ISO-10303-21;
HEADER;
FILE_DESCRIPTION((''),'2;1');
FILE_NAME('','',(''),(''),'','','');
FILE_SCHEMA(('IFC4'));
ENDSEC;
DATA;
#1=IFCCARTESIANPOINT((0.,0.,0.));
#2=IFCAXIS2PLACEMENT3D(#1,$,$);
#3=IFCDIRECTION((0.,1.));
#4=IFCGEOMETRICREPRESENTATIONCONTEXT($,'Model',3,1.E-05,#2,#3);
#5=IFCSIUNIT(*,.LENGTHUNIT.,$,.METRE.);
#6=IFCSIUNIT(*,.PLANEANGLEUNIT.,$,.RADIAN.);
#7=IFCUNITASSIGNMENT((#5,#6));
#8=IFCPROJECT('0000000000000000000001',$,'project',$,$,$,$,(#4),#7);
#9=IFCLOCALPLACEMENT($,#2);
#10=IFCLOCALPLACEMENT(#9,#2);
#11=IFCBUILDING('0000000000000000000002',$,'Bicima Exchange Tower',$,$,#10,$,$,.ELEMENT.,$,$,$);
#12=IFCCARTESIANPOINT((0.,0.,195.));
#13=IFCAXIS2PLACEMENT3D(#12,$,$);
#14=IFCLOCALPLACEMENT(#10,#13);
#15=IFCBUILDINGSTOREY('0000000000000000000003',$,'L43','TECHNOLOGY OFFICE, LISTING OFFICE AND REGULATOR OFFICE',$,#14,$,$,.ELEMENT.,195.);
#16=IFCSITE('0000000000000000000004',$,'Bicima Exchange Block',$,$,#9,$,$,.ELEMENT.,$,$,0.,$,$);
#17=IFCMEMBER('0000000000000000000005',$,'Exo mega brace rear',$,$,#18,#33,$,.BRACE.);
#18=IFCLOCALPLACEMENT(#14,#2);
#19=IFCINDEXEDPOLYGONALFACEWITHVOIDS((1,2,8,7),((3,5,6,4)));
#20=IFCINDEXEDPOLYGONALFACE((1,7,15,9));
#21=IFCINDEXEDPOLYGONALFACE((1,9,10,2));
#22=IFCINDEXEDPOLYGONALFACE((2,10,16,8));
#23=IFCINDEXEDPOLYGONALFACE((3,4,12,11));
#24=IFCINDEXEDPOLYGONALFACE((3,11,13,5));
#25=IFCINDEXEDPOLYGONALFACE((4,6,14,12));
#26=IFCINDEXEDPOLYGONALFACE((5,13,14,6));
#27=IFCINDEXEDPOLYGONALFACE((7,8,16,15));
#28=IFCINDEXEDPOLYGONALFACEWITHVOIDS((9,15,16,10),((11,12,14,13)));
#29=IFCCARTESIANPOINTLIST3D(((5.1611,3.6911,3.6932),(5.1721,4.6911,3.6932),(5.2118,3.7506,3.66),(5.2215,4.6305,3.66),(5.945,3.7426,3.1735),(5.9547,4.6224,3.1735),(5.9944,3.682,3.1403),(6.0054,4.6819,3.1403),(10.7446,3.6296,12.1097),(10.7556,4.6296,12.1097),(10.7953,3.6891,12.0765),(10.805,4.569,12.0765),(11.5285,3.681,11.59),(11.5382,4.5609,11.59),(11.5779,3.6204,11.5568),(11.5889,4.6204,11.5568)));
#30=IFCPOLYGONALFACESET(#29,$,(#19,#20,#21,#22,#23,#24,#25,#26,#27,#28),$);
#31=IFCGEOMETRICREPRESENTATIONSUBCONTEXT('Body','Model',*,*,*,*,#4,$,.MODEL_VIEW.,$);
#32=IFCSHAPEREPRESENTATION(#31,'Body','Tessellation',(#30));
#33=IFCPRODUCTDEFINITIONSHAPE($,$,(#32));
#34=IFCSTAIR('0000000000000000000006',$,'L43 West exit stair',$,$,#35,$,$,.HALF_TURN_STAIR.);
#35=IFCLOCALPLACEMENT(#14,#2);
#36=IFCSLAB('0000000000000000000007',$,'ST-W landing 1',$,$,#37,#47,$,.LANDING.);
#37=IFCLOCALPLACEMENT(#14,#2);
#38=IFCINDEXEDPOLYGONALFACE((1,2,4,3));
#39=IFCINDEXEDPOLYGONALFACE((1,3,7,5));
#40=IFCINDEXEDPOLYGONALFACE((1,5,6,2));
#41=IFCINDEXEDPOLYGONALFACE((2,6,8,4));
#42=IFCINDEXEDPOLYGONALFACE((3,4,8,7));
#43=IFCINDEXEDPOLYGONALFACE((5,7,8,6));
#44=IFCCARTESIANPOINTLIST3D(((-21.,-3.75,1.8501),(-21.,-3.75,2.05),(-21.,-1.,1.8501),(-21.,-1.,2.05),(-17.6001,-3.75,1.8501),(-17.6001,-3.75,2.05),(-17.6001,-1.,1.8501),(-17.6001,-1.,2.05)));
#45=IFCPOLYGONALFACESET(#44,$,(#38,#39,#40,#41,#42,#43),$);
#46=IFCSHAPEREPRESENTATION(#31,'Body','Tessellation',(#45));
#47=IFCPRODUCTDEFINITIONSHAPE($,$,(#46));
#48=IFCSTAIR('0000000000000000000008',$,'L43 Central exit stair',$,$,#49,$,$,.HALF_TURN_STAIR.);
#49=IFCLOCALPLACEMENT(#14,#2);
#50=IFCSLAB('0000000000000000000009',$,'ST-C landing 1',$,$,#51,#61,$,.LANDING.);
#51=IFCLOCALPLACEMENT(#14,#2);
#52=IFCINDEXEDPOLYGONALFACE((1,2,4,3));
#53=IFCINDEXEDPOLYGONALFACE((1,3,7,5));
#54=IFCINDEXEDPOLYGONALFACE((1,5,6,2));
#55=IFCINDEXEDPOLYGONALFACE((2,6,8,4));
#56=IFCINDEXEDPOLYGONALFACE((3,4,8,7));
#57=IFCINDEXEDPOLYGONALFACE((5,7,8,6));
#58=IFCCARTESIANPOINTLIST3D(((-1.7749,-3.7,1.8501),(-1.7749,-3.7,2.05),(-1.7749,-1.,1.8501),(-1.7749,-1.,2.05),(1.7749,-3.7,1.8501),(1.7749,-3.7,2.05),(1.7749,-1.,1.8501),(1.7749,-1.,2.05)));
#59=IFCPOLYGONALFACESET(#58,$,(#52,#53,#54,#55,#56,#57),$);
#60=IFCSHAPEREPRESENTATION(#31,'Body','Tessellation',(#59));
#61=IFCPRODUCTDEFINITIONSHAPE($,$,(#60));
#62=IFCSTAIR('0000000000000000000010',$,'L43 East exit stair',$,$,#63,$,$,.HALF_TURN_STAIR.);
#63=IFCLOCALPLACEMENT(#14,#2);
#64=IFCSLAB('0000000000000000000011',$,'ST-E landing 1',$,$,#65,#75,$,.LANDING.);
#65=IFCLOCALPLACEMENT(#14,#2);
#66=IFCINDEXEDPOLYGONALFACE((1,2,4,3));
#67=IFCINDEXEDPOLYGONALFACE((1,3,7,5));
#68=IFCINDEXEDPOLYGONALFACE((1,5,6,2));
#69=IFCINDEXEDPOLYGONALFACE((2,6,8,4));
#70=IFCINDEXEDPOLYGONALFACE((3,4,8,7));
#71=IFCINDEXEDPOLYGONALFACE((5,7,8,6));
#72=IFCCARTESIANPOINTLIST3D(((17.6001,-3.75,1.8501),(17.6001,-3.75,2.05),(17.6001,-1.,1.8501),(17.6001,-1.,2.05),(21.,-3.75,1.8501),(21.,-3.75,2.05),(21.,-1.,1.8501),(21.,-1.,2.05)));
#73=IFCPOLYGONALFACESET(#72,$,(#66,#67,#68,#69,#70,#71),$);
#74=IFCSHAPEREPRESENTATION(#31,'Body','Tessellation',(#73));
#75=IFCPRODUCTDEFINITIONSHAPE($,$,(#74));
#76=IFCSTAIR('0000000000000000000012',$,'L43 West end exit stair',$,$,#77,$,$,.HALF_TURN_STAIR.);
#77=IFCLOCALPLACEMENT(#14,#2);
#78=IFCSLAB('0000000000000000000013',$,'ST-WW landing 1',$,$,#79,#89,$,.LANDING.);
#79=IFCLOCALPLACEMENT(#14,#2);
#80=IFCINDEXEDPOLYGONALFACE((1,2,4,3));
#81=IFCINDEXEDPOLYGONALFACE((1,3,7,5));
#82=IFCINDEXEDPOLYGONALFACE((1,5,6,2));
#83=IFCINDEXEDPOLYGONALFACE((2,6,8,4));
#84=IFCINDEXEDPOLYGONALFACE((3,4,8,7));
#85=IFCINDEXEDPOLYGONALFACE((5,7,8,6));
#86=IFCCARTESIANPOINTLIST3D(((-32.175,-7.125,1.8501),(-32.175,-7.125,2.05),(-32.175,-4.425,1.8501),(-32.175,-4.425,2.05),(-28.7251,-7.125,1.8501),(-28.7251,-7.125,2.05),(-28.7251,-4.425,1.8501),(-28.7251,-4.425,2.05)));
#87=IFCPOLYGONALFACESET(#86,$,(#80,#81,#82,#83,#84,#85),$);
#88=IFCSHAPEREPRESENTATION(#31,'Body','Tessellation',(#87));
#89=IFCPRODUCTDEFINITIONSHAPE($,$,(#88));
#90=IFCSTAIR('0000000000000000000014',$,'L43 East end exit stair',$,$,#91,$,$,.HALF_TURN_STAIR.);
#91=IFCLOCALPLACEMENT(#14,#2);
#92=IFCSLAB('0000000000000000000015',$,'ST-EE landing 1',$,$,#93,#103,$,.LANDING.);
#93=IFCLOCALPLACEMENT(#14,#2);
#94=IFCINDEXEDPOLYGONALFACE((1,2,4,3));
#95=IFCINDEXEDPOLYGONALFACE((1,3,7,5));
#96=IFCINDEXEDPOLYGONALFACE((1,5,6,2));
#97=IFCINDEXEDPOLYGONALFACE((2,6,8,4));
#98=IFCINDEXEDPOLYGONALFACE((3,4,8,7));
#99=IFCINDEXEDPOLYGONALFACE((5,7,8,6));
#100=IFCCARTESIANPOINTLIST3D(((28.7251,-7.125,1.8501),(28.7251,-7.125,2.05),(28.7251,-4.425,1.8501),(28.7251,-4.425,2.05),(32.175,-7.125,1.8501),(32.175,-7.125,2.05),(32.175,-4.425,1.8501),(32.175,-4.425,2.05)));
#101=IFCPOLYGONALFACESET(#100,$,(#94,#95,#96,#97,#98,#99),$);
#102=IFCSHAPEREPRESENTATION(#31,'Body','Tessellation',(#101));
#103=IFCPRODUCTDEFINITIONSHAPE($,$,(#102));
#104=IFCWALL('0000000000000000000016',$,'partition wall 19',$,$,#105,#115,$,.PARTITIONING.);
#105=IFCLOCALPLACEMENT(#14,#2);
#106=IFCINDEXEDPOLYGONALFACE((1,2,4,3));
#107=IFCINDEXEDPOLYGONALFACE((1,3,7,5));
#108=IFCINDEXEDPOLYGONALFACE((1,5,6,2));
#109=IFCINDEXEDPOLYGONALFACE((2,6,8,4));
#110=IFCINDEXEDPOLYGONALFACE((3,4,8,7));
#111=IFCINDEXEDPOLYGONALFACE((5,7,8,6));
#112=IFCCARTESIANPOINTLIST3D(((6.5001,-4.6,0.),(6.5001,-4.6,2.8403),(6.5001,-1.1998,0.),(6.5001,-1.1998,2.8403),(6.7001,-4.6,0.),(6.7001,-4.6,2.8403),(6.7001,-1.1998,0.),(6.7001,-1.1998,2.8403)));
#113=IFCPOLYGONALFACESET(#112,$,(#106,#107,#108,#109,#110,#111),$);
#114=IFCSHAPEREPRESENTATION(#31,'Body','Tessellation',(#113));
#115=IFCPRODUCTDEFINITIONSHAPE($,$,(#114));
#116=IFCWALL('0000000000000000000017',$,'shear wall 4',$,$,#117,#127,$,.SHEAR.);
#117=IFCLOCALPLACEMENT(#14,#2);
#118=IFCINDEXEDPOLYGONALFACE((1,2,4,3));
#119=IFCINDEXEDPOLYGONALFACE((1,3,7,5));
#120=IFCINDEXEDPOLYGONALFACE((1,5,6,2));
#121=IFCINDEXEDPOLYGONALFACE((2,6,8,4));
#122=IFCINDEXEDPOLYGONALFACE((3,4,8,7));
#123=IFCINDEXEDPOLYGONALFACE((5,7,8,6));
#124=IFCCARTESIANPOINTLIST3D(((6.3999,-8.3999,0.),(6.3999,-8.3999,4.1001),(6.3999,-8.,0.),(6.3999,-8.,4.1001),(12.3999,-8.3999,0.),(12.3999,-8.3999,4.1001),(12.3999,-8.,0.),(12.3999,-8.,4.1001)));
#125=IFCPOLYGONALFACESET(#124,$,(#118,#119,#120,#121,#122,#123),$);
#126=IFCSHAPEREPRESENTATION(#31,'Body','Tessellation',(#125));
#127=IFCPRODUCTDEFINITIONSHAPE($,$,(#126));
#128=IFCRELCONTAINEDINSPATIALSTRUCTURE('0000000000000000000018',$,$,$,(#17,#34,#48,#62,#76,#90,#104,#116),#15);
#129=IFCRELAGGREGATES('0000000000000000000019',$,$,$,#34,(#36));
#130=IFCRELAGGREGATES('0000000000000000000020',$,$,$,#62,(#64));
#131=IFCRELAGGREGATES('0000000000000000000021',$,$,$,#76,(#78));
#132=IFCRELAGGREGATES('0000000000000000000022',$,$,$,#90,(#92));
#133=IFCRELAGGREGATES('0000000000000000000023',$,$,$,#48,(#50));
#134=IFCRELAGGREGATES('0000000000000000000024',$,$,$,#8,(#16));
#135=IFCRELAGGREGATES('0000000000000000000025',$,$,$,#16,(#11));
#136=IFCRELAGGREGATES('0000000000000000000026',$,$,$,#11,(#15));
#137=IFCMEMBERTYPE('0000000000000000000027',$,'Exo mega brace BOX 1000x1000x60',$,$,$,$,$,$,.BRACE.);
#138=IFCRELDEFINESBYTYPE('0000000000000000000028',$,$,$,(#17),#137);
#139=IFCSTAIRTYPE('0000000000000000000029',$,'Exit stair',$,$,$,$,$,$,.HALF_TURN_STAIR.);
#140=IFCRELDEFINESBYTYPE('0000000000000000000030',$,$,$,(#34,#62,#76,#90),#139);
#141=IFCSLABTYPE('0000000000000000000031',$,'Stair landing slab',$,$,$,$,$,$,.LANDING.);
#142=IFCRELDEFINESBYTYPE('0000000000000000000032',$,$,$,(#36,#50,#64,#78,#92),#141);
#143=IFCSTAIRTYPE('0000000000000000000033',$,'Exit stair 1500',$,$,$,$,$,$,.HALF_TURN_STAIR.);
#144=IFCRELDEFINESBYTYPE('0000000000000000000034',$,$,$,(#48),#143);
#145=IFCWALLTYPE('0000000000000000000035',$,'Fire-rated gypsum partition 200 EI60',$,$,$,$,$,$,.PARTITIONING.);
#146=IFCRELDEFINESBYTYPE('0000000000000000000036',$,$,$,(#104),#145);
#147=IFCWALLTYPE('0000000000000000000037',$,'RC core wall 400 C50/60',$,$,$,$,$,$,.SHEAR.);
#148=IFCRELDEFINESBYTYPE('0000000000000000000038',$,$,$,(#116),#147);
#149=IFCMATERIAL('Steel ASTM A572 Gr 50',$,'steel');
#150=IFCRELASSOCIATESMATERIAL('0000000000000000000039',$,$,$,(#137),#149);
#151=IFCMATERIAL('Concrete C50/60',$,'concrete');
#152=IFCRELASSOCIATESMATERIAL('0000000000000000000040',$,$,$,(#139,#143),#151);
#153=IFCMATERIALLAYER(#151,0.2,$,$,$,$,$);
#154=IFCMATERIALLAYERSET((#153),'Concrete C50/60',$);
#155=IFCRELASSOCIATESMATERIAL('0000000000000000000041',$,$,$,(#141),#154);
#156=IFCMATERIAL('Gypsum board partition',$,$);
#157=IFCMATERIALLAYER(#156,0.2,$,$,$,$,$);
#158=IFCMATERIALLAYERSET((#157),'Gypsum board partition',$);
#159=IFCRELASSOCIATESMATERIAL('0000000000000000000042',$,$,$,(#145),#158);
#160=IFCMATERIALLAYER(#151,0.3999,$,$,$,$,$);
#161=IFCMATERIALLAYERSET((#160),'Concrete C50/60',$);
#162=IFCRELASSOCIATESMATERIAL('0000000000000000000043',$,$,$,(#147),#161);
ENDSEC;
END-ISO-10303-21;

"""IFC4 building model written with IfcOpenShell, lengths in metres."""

from ifc_helpers import new_model, si_unit, direction, frame, frame_2d, origin, origin_2d, place, context, subcontext, project, spatial, polyline, rectangle, hollow_rectangle, outline, extrude, material, layer, layer_set, material_profile, profile_set, type_object, element, aggregate, save


model = new_model("IFC4")

# Units and contexts
model_context = context("Model", 3, precision=1e-05, world=origin(), true_north=direction((0.0, 1.0)))
body_context = subcontext(model_context, "Body", "Model", "MODEL_VIEW")
ifc_project = project(units=[si_unit("LENGTHUNIT", "METRE"), si_unit("PLANEANGLEUNIT", "RADIAN")], contexts=[model_context])

# Site, building, storey
site_placement = place(None, origin())
site = spatial("IfcSite", under=ifc_project, at=site_placement, Name="Bicima Exchange Block", CompositionType="ELEMENT", RefElevation=0.0)
building_placement = place(site_placement, origin())
building = spatial("IfcBuilding", under=site, at=building_placement, Name="Bicima Exchange Tower", CompositionType="ELEMENT")
storey_placement = place(building_placement, frame((0.0, 0.0, 195.0)))
storey = spatial("IfcBuildingStorey", under=building, at=storey_placement, Name="L43", Description="TECHNOLOGY OFFICE, LISTING OFFICE AND REGULATOR OFFICE", CompositionType="ELEMENT", Elevation=195.0)

# Member
ifc_material_1 = material(Name="Steel ASTM A572 Gr 50", Category="steel")
ifc_material_profile = material_profile(ifc_material_1, hollow_rectangle(XDim=1.0, YDim=1.0, WallThickness=0.0601, at=origin_2d()))
ifc_profile_set = profile_set([ifc_material_profile], Name="Steel ASTM A572 Gr 50")
member_type = type_object("IfcMemberType", Name="Exo mega brace BOX 1000x1000x60", PredefinedType="BRACE", material=ifc_profile_set)
member_placement = place(storey_placement, frame((5.5833, 4.1865, 3.4167), z_axis=(0.552803, -0.006091, 0.83329), x_axis=(0.011018, 0.999939, 0.0)))
element("IfcMember", 1, at=member_placement, inside=storey, type_object=member_type, Name="Exo mega brace rear", PredefinedType="BRACE", context=body_context, shape_type="SweptSolid", body=[
    extrude(hollow_rectangle(XDim=1.0, YDim=1.0, WallThickness=0.0601, at=origin_2d()), origin(), (0.0, 0.0, 1.0), 10.1003),
])

# Stairs, slabs
ifc_material_2 = material(Name="Concrete C50/60", Category="concrete")
stair_type_1 = type_object("IfcStairType", Name="Exit stair", PredefinedType="HALF_TURN_STAIR", material=ifc_material_2)
stair_1_placement = place(storey_placement, origin())
stair_1 = element("IfcStair", 2, at=stair_1_placement, inside=storey, type_object=stair_type_1, Name="L43 West exit stair", PredefinedType="HALF_TURN_STAIR")
ifc_layer_1 = layer(ifc_material_2, 0.2)
ifc_layer_set_1 = layer_set([ifc_layer_1], Name="Concrete C50/60")
slab_type = type_object("IfcSlabType", Name="Stair landing slab", PredefinedType="LANDING", material=ifc_layer_set_1)
slab_1_placement = place(storey_placement, frame((0.0, 0.0, 1.8501)))
slab_1 = element("IfcSlab", 3, at=slab_1_placement, type_object=slab_type, Name="ST-W landing 1", PredefinedType="LANDING", context=body_context, shape_type="SweptSolid", body=[
    extrude(outline(polyline([(-17.6001, -3.75), (-17.6001, -1.0), (-21.0, -1.0), (-21.0, -3.75), (-17.6001, -3.75)])), origin(), (0.0, 0.0, 1.0), 0.2),
])
aggregate(stair_1, [slab_1])
stair_type_2 = type_object("IfcStairType", Name="Exit stair 1500", PredefinedType="HALF_TURN_STAIR", material=ifc_material_2)
stair_2_placement = place(storey_placement, origin())
stair_2 = element("IfcStair", 4, at=stair_2_placement, inside=storey, type_object=stair_type_2, Name="L43 Central exit stair", PredefinedType="HALF_TURN_STAIR")
slab_2_placement = place(storey_placement, frame((0.0, 0.0, 1.8501)))
slab_2 = element("IfcSlab", 5, at=slab_2_placement, type_object=slab_type, Name="ST-C landing 1", PredefinedType="LANDING", context=body_context, shape_type="SweptSolid", body=[
    extrude(outline(polyline([(1.7749, -3.7), (1.7749, -1.0), (-1.7749, -1.0), (-1.7749, -3.7), (1.7749, -3.7)])), origin(), (0.0, 0.0, 1.0), 0.2),
])
stair_3_placement = place(storey_placement, origin())
stair_3 = element("IfcStair", 6, at=stair_3_placement, inside=storey, type_object=stair_type_1, Name="L43 East exit stair", PredefinedType="HALF_TURN_STAIR")
slab_3_placement = place(storey_placement, frame((0.0, 0.0, 1.8501)))
slab_3 = element("IfcSlab", 7, at=slab_3_placement, type_object=slab_type, Name="ST-E landing 1", PredefinedType="LANDING", context=body_context, shape_type="SweptSolid", body=[
    extrude(outline(polyline([(21.0, -3.75), (21.0, -1.0), (17.6001, -1.0), (17.6001, -3.75), (21.0, -3.75)])), origin(), (0.0, 0.0, 1.0), 0.2),
])
aggregate(stair_3, [slab_3])
stair_4_placement = place(storey_placement, origin())
stair_4 = element("IfcStair", 8, at=stair_4_placement, inside=storey, type_object=stair_type_1, Name="L43 West end exit stair", PredefinedType="HALF_TURN_STAIR")
slab_4_placement = place(storey_placement, frame((0.0, 0.0, 1.8501)))
slab_4 = element("IfcSlab", 9, at=slab_4_placement, type_object=slab_type, Name="ST-WW landing 1", PredefinedType="LANDING", context=body_context, shape_type="SweptSolid", body=[
    extrude(outline(polyline([(-28.7251, -7.125), (-28.7251, -4.425), (-32.175, -4.425), (-32.175, -7.125), (-28.7251, -7.125)])), origin(), (0.0, 0.0, 1.0), 0.2),
])
aggregate(stair_4, [slab_4])
stair_5_placement = place(storey_placement, origin())
stair_5 = element("IfcStair", 10, at=stair_5_placement, inside=storey, type_object=stair_type_1, Name="L43 East end exit stair", PredefinedType="HALF_TURN_STAIR")
slab_5_placement = place(storey_placement, frame((0.0, 0.0, 1.8501)))
slab_5 = element("IfcSlab", 11, at=slab_5_placement, type_object=slab_type, Name="ST-EE landing 1", PredefinedType="LANDING", context=body_context, shape_type="SweptSolid", body=[
    extrude(outline(polyline([(32.175, -7.125), (32.175, -4.425), (28.7251, -4.425), (28.7251, -7.125), (32.175, -7.125)])), origin(), (0.0, 0.0, 1.0), 0.2),
])
aggregate(stair_5, [slab_5])

# Walls
ifc_material_3 = material(Name="Gypsum board partition")
ifc_layer_2 = layer(ifc_material_3, 0.2)
ifc_layer_set_2 = layer_set([ifc_layer_2], Name="Gypsum board partition")
wall_type_1 = type_object("IfcWallType", Name="Fire-rated gypsum partition 200 EI60", PredefinedType="PARTITIONING", material=ifc_layer_set_2)
wall_1_placement = place(storey_placement, frame((6.6001, -4.6001, 0.0), z_axis=(0.0, 0.0, 1.0), x_axis=(0.0, 1.0, 0.0)))
element("IfcWall", 12, at=wall_1_placement, inside=storey, type_object=wall_type_1, Name="partition wall 19", PredefinedType="PARTITIONING", context=body_context, shape_type="SweptSolid", body=[
    extrude(rectangle(XDim=3.4001, YDim=0.2, at=frame_2d((1.7002, 0.0))), origin(), (0.0, 0.0, 1.0), 2.8403),
])
ifc_layer_3 = layer(ifc_material_2, 0.3999)
ifc_layer_set_3 = layer_set([ifc_layer_3], Name="Concrete C50/60")
wall_type_2 = type_object("IfcWallType", Name="RC core wall 400 C50/60", PredefinedType="SHEAR", material=ifc_layer_set_3)
wall_2_placement = place(storey_placement, frame((6.3999, -8.2, 0.0), z_axis=(0.0, 0.0, 1.0), x_axis=(1.0, 0.0, 0.0)))
element("IfcWall", 13, at=wall_2_placement, inside=storey, type_object=wall_type_2, Name="shear wall 4", PredefinedType="SHEAR", context=body_context, shape_type="SweptSolid", body=[
    extrude(rectangle(XDim=6.0, YDim=0.3999, at=frame_2d((3.0, 0.0))), origin(), (0.0, 0.0, 1.0), 4.1001),
])

aggregate(stair_2, [slab_2])

save(model, "model.ifc")
